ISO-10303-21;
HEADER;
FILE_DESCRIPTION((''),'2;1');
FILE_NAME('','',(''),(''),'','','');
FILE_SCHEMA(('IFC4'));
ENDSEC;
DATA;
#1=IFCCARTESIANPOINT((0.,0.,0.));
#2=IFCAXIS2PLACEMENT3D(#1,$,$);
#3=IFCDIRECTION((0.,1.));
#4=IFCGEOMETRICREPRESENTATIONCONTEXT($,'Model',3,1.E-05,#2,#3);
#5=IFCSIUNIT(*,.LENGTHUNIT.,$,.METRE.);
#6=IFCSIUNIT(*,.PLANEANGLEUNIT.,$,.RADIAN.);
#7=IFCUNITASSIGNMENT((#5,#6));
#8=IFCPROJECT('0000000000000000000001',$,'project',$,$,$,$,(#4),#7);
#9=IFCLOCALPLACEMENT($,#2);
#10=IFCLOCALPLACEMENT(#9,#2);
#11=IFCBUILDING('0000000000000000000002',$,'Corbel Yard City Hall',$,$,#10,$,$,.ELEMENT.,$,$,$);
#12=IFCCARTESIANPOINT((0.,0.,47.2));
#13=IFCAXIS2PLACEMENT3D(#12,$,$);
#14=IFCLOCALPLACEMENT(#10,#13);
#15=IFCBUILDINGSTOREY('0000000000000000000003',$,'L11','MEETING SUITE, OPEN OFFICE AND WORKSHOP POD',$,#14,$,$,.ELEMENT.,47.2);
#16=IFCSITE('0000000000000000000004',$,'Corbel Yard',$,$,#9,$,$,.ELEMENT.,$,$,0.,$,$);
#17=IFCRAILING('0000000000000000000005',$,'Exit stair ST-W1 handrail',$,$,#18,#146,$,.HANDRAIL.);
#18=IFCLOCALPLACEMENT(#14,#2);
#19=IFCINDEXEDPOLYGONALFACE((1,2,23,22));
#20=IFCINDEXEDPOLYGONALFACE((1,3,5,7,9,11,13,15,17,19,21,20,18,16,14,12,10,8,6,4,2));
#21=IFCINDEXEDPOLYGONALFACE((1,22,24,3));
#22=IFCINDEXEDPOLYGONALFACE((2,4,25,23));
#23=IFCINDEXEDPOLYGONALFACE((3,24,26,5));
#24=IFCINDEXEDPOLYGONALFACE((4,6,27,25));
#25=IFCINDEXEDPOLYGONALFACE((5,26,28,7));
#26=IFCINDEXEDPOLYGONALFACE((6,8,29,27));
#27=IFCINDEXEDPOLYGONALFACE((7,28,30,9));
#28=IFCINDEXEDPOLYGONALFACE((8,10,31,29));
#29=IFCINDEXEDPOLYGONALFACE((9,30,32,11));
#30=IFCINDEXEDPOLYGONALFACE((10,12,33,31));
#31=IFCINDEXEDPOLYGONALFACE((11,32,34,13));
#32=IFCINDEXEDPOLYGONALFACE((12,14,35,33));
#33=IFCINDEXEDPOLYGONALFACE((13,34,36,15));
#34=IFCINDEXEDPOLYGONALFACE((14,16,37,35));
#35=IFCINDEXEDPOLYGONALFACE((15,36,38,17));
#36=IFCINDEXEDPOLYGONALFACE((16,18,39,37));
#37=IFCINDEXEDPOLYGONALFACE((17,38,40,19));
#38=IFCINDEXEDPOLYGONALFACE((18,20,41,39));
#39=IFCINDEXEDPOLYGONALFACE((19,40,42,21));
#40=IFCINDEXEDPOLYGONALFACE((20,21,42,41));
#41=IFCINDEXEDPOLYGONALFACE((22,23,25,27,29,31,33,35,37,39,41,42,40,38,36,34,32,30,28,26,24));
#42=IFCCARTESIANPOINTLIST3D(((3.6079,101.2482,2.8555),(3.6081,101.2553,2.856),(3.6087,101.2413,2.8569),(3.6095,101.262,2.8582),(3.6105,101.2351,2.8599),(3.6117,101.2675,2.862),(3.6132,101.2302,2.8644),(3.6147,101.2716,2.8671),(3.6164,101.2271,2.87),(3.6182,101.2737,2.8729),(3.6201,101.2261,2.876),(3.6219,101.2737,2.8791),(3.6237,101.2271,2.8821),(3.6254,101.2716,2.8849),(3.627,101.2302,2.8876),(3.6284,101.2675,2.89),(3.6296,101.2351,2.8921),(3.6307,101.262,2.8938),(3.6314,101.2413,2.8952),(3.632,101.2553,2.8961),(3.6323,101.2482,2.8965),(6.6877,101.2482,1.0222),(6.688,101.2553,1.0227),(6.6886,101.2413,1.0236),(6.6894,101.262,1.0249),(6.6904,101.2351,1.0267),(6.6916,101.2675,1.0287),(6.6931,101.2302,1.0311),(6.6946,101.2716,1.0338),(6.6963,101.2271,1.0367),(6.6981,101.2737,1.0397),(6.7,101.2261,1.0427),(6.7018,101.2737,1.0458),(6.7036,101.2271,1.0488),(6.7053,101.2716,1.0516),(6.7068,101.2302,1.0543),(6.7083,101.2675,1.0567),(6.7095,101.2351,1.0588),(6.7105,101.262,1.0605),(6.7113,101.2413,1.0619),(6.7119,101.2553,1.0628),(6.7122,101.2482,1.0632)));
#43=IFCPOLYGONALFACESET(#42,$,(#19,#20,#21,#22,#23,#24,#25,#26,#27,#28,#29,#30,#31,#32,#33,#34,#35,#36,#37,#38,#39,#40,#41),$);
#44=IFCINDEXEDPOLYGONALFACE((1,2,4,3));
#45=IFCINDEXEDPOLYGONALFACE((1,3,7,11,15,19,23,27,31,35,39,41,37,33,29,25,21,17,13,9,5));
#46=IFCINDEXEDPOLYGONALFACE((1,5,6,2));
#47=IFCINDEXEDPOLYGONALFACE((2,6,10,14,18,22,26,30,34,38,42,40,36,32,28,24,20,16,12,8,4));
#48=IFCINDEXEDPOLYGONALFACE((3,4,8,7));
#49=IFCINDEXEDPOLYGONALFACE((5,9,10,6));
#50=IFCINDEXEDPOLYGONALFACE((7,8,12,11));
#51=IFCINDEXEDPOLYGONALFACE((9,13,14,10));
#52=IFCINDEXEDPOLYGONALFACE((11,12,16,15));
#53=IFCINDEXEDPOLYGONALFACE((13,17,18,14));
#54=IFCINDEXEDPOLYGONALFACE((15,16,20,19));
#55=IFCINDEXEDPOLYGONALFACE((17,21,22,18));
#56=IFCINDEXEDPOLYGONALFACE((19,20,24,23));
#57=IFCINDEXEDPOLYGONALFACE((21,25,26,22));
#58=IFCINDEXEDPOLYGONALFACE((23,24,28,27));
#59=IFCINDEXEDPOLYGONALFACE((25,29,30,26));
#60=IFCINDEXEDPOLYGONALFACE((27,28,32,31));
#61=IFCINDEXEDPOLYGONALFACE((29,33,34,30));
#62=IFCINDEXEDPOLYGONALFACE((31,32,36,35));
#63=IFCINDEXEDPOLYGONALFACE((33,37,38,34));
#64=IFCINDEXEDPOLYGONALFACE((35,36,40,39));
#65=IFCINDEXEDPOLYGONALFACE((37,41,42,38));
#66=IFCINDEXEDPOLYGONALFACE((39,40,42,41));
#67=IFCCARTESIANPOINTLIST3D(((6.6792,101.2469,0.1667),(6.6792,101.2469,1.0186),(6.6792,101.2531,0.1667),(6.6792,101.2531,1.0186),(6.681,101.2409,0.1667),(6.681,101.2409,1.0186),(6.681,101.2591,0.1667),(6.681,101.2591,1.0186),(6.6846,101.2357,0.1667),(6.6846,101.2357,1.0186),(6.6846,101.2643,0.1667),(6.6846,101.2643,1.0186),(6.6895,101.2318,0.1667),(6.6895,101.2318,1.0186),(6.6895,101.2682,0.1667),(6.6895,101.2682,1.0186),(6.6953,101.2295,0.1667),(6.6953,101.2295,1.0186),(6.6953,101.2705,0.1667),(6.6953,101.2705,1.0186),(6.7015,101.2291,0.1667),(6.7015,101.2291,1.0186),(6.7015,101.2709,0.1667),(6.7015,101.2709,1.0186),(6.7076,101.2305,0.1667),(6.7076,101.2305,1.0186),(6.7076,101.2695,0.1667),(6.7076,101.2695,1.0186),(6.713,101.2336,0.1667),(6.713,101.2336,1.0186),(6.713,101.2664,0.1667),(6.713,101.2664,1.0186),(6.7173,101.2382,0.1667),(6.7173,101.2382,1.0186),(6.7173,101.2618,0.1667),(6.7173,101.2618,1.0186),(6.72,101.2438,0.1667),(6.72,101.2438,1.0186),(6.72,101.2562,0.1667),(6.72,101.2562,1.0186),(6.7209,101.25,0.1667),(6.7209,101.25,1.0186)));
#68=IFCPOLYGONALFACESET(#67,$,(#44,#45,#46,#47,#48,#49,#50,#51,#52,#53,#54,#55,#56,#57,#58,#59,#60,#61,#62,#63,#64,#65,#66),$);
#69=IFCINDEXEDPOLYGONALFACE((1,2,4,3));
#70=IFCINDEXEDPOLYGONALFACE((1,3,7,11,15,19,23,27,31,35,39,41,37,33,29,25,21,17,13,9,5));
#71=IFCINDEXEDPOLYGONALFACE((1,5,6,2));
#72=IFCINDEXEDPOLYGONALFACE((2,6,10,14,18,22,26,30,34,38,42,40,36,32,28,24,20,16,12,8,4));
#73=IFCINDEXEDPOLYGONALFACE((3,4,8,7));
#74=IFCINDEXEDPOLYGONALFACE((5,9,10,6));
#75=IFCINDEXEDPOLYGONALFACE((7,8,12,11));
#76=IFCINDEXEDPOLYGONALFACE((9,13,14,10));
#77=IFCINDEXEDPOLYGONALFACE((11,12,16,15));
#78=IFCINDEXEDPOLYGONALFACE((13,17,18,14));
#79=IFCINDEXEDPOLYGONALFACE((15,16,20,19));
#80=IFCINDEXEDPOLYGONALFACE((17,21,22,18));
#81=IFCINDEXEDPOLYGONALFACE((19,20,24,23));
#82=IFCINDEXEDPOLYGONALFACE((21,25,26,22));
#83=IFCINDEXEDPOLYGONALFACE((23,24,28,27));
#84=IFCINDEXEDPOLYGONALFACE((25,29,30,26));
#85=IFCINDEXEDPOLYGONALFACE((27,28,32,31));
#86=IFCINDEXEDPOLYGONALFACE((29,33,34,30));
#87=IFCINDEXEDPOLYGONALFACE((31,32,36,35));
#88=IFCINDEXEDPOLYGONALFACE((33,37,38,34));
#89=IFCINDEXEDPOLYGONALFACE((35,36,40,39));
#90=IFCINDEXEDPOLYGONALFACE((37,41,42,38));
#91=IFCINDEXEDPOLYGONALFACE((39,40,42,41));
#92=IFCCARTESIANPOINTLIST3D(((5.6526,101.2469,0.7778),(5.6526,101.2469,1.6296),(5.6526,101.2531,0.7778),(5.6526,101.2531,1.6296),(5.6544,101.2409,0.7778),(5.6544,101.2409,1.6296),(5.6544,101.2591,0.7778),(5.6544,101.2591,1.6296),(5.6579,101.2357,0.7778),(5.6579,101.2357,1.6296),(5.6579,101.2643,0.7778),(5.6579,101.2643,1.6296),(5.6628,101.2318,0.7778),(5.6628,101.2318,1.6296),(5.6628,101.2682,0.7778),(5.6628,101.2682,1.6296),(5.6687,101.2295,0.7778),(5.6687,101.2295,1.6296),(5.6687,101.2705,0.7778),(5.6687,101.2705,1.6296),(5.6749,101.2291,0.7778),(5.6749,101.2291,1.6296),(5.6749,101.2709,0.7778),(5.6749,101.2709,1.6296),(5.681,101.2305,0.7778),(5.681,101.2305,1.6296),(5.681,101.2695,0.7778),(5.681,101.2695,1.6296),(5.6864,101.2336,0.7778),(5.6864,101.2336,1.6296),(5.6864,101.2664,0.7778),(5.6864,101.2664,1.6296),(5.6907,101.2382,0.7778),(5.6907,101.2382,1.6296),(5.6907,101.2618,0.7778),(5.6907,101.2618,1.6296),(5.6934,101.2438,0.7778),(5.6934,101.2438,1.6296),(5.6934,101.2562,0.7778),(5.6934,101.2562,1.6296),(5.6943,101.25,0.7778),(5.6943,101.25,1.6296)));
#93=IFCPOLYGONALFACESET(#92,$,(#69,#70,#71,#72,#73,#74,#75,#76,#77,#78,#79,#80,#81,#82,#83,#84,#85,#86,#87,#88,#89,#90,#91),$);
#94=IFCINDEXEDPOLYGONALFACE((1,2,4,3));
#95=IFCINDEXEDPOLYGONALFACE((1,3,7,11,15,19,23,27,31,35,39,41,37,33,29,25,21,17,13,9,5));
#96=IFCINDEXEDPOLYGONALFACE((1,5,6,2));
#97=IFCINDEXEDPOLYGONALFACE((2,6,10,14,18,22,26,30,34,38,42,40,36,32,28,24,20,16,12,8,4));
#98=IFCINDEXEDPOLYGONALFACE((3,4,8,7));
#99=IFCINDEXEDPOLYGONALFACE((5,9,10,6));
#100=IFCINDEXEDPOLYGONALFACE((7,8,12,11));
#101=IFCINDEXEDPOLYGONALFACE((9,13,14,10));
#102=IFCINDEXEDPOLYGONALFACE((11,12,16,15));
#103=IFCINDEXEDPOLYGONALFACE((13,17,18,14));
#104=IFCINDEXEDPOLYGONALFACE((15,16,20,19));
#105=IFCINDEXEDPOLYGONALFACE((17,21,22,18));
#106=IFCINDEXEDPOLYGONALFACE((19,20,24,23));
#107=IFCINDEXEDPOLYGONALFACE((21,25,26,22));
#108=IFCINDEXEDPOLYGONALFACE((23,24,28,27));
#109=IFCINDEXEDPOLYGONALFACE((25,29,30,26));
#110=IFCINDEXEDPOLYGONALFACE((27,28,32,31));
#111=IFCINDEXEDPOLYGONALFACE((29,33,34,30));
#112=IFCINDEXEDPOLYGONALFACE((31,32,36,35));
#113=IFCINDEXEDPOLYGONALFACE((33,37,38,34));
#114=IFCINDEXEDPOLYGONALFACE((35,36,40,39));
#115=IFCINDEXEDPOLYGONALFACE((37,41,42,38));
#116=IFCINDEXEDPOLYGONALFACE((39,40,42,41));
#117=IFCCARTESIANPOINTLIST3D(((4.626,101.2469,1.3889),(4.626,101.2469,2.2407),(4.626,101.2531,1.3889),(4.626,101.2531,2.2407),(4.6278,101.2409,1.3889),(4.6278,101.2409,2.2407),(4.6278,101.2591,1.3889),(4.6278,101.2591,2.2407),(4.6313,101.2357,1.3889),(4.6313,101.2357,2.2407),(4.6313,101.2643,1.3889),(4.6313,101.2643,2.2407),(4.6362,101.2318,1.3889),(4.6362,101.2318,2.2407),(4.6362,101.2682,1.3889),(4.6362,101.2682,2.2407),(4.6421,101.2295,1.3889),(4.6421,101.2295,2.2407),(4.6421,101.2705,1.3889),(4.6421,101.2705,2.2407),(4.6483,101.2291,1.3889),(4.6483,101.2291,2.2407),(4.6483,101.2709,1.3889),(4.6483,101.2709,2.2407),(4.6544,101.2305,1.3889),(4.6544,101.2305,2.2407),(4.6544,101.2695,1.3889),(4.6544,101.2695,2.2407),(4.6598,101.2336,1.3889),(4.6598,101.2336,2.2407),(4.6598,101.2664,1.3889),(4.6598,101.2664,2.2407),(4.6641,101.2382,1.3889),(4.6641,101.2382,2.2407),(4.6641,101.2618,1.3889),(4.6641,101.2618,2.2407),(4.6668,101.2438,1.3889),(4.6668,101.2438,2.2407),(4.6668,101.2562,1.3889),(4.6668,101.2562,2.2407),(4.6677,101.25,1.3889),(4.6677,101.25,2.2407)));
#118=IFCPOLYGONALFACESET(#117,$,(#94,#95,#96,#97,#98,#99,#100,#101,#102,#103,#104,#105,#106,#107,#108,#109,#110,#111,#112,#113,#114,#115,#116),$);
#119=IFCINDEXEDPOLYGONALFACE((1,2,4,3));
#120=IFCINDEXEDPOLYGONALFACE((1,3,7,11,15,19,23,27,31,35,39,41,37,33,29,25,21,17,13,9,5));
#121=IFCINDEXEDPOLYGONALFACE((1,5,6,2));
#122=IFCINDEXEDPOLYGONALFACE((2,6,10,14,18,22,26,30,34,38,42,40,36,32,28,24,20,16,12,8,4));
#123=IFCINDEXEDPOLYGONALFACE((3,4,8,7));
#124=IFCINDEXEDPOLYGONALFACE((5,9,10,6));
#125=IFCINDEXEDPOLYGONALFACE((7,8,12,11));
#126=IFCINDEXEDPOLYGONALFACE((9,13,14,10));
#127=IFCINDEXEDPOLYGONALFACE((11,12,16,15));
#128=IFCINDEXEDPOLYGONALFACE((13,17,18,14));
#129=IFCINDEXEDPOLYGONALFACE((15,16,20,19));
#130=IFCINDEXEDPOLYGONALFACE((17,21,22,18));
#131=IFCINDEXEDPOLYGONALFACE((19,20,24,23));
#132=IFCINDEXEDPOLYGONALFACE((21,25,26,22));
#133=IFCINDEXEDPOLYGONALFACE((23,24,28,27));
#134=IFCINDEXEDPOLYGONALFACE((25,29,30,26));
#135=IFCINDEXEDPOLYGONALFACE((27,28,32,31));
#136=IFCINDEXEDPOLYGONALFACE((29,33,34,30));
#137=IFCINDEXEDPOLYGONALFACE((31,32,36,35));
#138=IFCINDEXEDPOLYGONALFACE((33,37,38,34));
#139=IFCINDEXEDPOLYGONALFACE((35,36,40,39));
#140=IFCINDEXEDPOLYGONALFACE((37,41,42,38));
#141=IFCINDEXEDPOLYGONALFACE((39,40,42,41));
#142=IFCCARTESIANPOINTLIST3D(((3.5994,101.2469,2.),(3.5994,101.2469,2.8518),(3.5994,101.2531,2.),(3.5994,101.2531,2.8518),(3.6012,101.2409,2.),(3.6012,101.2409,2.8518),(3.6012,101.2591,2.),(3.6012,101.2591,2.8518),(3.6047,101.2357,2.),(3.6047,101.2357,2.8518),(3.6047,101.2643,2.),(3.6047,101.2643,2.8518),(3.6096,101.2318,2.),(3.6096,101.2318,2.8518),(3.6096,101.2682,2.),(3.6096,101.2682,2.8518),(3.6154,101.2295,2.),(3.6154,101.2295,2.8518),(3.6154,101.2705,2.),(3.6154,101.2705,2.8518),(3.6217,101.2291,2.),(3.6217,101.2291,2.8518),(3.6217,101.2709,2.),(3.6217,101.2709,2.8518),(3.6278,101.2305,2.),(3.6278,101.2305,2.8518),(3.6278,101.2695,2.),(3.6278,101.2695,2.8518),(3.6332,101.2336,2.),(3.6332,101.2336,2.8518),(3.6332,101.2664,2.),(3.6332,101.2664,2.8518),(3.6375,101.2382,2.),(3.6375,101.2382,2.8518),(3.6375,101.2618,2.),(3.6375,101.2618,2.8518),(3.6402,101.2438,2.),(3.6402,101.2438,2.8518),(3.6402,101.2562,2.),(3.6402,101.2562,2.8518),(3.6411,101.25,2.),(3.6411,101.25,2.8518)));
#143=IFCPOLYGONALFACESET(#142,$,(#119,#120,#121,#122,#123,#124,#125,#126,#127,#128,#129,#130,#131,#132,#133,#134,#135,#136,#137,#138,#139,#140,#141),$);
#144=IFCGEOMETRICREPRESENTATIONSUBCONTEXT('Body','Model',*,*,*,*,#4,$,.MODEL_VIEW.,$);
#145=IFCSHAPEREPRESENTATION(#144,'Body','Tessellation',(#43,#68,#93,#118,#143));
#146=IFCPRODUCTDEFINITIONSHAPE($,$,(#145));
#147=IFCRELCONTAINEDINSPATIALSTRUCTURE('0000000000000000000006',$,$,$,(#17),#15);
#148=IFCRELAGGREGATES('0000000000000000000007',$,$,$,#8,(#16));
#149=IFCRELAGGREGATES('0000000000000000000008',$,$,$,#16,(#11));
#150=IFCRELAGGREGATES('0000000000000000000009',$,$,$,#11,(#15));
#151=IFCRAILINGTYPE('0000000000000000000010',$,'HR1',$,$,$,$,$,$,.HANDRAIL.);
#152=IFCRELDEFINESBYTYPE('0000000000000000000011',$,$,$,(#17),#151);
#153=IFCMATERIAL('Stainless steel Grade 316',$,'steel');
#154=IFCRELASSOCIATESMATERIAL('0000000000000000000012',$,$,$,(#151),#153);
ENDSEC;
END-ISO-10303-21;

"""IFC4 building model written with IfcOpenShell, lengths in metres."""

from ifc_helpers import new_model, si_unit, direction, frame, origin, origin_2d, place, context, subcontext, project, spatial, circle, extrude, material, type_object, element, save


model = new_model("IFC4")

# Units and contexts
model_context = context("Model", 3, precision=1e-05, world=origin(), true_north=direction((0.0, 1.0)))
body_context = subcontext(model_context, "Body", "Model", "MODEL_VIEW")
ifc_project = project(units=[si_unit("LENGTHUNIT", "METRE"), si_unit("PLANEANGLEUNIT", "RADIAN")], contexts=[model_context])

# Site, building, storey
site_placement = place(None, origin())
site = spatial("IfcSite", under=ifc_project, at=site_placement, Name="Corbel Yard", CompositionType="ELEMENT", RefElevation=0.0)
building_placement = place(site_placement, origin())
building = spatial("IfcBuilding", under=site, at=building_placement, Name="Corbel Yard City Hall", CompositionType="ELEMENT")
storey_placement = place(building_placement, frame((0.0, 0.0, 47.2)))
storey = spatial("IfcBuildingStorey", under=building, at=storey_placement, Name="L11", Description="MEETING SUITE, OPEN OFFICE AND WORKSHOP POD", CompositionType="ELEMENT", Elevation=47.2)

# Railing
ifc_material_1 = material(Name="Stainless steel Grade 316", Category="steel")
railing_type = type_object("IfcRailingType", Name="HR1", PredefinedType="HANDRAIL", material=ifc_material_1)
for number, where, name in (
    (1, (6.7, 101.25, 0.1667), "Exit stair ST-W1 handrail"),
):
    element("IfcRailing", number, at=place(storey_placement, frame(where)), inside=storey, type_object=railing_type, Name=name, PredefinedType="HANDRAIL", context=body_context, shape_type="SweptSolid", body=[
        extrude(circle(Radius=0.0239, at=origin_2d()), frame((0.0, 0.0, 0.876), z_axis=(-0.859291, 0.0, 0.511487), x_axis=(0.0, -1.0, 0.0)), (0.0, 0.0, 1.0), 3.5842),
        extrude(circle(Radius=0.021, at=origin_2d()), origin(), (0.0, 0.0, 1.0), 0.8518),
        extrude(circle(Radius=0.021, at=origin_2d()), frame((-1.0266, 0.0, 0.6111)), (0.0, 0.0, 1.0), 0.8518),
        extrude(circle(Radius=0.021, at=origin_2d()), frame((-2.0532, 0.0, 1.2222)), (0.0, 0.0, 1.0), 0.8518),
        extrude(circle(Radius=0.021, at=origin_2d()), frame((-3.0798, 0.0, 1.8333)), (0.0, 0.0, 1.0), 0.8518),
    ])

save(model, "model.ifc")
